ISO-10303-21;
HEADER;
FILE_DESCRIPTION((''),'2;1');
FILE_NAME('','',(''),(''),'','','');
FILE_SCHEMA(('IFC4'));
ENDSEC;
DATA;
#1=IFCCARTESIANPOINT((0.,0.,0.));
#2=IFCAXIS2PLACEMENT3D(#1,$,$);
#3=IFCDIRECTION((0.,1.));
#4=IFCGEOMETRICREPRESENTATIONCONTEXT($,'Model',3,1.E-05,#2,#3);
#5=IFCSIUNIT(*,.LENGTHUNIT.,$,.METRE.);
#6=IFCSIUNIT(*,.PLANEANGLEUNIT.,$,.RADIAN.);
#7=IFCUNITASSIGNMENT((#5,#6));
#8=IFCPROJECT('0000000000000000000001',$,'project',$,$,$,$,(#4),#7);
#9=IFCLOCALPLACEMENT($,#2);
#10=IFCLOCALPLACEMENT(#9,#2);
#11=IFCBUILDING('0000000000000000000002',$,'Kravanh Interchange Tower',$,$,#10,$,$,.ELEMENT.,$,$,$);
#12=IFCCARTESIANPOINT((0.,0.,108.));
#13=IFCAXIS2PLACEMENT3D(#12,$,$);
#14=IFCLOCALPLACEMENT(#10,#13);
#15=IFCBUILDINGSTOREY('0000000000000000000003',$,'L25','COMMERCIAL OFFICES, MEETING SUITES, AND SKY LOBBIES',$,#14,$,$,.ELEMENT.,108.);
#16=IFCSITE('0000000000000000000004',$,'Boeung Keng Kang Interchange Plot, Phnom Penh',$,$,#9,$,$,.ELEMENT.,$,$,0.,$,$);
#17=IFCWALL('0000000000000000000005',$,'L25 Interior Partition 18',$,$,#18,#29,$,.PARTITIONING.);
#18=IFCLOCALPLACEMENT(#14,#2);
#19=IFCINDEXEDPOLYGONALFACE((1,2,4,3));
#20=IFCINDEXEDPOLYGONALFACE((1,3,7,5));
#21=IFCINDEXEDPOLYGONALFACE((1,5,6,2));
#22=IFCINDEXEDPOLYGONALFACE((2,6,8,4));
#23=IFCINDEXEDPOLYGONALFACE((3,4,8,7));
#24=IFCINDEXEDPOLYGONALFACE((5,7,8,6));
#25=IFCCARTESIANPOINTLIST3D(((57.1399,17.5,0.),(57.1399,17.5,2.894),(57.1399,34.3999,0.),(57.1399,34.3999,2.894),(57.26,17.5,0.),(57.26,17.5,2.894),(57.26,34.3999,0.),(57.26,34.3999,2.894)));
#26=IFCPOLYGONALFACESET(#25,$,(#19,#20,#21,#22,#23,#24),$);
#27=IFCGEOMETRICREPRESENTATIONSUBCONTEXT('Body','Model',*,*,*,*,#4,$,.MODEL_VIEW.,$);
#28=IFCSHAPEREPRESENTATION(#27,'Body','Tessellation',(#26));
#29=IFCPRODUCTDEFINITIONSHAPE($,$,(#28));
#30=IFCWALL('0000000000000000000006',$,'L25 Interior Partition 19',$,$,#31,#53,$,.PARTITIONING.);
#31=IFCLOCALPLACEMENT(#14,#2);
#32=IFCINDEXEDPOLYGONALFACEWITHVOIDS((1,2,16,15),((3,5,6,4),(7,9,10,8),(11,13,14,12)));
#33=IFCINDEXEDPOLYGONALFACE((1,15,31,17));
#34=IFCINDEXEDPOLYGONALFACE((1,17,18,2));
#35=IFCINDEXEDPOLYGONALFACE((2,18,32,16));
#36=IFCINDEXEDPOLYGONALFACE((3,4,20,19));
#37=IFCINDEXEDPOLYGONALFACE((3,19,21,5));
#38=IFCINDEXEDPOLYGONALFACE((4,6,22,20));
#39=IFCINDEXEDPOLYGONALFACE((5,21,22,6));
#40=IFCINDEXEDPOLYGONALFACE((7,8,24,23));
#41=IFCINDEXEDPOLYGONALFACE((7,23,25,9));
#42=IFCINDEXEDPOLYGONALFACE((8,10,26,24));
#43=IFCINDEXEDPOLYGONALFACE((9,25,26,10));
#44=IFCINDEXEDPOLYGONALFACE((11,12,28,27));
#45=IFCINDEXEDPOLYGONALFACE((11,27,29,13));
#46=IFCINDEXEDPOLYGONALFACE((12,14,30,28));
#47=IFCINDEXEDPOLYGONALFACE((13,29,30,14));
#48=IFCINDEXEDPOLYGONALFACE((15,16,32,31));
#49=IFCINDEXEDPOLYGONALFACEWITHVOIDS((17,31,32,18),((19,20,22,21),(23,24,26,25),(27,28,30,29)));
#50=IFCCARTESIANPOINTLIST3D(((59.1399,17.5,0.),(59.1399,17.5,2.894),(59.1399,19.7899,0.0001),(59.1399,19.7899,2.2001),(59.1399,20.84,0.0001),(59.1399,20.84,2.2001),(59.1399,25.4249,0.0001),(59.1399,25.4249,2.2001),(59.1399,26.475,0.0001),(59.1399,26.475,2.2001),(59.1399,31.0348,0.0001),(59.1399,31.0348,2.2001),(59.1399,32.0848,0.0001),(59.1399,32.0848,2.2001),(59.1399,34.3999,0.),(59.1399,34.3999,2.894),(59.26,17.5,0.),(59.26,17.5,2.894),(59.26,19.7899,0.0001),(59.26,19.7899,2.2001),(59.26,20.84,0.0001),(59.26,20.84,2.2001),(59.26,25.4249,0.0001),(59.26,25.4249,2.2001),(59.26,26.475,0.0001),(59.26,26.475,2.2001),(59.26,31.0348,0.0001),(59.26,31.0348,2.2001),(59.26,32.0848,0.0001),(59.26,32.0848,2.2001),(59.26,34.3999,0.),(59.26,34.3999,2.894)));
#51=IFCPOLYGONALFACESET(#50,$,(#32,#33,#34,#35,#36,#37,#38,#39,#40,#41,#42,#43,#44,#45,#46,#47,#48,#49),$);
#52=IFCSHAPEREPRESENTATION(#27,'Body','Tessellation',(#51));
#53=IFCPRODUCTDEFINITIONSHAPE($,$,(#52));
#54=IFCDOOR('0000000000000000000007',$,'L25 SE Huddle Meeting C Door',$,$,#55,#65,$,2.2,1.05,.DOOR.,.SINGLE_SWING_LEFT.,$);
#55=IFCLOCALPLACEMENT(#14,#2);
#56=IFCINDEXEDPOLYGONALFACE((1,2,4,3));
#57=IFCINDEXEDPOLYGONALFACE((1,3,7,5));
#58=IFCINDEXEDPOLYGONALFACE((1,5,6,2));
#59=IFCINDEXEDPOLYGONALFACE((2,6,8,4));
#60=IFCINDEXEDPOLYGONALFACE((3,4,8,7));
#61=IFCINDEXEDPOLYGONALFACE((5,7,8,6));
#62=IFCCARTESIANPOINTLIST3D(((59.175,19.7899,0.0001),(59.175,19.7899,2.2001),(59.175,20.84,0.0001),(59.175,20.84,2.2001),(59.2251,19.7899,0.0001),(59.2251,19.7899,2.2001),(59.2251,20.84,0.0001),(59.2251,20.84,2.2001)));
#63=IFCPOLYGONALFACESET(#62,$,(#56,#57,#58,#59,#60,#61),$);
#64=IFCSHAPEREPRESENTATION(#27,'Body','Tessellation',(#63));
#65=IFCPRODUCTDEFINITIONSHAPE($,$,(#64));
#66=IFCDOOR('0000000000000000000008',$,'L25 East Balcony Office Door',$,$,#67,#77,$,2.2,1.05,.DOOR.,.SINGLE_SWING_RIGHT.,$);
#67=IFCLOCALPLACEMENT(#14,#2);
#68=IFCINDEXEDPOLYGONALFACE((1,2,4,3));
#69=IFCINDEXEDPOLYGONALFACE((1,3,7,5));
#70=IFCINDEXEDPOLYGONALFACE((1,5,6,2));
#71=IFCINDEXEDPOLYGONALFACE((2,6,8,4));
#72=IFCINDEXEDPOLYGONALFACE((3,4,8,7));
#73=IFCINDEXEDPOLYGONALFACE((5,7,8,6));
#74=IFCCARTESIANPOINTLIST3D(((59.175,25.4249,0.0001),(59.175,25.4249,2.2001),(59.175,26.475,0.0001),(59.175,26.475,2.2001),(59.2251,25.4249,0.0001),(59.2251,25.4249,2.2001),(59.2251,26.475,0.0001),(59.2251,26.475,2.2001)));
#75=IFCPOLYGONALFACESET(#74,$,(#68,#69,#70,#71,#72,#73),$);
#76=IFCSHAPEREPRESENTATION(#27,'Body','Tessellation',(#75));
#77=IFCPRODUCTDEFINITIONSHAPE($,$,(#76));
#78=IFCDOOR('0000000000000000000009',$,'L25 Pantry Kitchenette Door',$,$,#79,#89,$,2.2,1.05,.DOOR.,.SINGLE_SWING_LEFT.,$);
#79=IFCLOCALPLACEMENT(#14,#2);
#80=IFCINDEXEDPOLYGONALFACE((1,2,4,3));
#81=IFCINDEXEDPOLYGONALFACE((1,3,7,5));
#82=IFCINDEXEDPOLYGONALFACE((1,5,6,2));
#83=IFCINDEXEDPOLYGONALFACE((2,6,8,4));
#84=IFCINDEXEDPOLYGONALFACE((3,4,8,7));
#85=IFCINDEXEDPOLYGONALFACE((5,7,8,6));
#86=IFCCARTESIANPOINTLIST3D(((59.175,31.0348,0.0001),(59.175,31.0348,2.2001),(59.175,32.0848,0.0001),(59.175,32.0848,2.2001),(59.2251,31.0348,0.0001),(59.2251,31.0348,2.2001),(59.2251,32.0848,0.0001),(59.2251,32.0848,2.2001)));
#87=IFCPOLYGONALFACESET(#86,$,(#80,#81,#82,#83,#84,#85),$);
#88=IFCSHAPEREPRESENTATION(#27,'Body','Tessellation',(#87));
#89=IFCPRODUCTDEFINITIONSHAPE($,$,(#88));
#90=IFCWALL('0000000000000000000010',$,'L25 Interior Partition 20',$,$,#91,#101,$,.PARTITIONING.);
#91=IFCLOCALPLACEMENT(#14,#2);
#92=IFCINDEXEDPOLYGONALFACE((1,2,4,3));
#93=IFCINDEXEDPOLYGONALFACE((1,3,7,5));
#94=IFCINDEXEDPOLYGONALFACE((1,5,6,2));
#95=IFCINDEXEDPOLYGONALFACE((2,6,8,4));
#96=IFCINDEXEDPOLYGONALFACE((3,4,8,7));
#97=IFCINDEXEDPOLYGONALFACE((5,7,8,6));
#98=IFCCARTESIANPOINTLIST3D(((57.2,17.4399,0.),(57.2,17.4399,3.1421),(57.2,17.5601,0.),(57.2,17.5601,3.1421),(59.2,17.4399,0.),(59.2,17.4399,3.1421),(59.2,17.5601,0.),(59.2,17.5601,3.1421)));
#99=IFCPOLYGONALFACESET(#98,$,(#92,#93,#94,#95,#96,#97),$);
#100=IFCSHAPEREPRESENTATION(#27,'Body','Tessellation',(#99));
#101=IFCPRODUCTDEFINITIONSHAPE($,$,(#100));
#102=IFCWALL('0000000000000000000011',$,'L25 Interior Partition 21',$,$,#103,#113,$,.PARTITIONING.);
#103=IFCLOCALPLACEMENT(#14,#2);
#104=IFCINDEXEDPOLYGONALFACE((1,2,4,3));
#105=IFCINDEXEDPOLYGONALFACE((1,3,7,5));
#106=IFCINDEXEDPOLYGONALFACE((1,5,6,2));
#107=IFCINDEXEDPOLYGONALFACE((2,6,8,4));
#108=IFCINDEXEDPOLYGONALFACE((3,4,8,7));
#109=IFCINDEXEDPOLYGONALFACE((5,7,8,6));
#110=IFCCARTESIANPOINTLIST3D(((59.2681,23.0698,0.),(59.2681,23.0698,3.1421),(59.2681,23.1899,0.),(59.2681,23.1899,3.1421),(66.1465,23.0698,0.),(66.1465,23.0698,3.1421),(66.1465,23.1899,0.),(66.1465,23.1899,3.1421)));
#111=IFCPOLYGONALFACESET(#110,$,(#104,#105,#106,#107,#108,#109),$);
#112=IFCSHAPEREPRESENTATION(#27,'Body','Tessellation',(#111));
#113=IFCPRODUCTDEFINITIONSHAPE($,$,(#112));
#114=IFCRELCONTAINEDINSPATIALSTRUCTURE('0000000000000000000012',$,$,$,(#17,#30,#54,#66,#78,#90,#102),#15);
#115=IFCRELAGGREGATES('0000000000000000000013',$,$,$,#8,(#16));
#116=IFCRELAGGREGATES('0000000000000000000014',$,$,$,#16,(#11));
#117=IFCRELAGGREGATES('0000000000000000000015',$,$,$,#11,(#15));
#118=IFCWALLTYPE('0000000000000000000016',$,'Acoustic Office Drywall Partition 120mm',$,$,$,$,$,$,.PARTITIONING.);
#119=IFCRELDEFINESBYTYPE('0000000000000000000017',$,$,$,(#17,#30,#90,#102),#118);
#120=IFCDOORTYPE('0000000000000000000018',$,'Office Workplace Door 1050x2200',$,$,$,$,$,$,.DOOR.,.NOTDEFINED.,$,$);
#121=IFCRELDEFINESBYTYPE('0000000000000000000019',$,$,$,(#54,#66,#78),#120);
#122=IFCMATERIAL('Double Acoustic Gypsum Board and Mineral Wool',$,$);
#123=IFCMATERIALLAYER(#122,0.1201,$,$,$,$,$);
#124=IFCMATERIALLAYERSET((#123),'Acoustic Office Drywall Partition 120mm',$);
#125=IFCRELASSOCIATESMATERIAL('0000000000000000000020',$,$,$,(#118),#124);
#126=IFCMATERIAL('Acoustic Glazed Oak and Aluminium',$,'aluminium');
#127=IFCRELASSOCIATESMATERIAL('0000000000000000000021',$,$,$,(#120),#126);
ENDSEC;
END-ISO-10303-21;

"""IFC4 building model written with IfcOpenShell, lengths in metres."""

from ifc_helpers import new_model, si_unit, direction, frame, frame_2d, origin, place, context, subcontext, project, spatial, rectangle, extrude, material, layer, layer_set, type_object, element, fill, save


model = new_model("IFC4")

# Units and contexts
model_context = context("Model", 3, precision=1e-05, world=origin(), true_north=direction((0.0, 1.0)))
body_context = subcontext(model_context, "Body", "Model", "MODEL_VIEW")
ifc_project = project(units=[si_unit("LENGTHUNIT", "METRE"), si_unit("PLANEANGLEUNIT", "RADIAN")], contexts=[model_context])

# Site, building, storey
site_placement = place(None, origin())
site = spatial("IfcSite", under=ifc_project, at=site_placement, Name="Boeung Keng Kang Interchange Plot, Phnom Penh", CompositionType="ELEMENT", RefElevation=0.0)
building_placement = place(site_placement, origin())
building = spatial("IfcBuilding", under=site, at=building_placement, Name="Kravanh Interchange Tower", CompositionType="ELEMENT")
storey_placement = place(building_placement, frame((0.0, 0.0, 108.0)))
storey = spatial("IfcBuildingStorey", under=building, at=storey_placement, Name="L25", Description="COMMERCIAL OFFICES, MEETING SUITES, AND SKY LOBBIES", CompositionType="ELEMENT", Elevation=108.0)

# Wall
ifc_material_1 = material(Name="Double Acoustic Gypsum Board and Mineral Wool")
ifc_layer_1 = layer(ifc_material_1, 0.1201)
ifc_layer_set_1 = layer_set([ifc_layer_1], Name="Acoustic Office Drywall Partition 120mm")
wall_type = type_object("IfcWallType", Name="Acoustic Office Drywall Partition 120mm", PredefinedType="PARTITIONING", material=ifc_layer_set_1)
wall_1_placement = place(storey_placement, frame((57.2, 17.5, 0.0), z_axis=(0.0, 0.0, 1.0), x_axis=(0.0, 1.0, 0.0)))
element("IfcWall", 1, at=wall_1_placement, inside=storey, type_object=wall_type, Name="L25 Interior Partition 18", PredefinedType="PARTITIONING", context=body_context, shape_type="SweptSolid", body=[
    extrude(rectangle(XDim=16.8999, YDim=0.1201, at=frame_2d((8.45, 0.0))), origin(), (0.0, 0.0, 1.0), 2.894),
])

# Wall, openings, doors
wall_2_placement = place(storey_placement, frame((59.2, 17.5, 0.0), z_axis=(0.0, 0.0, 1.0), x_axis=(0.0, 1.0, 0.0)))
wall_2 = element("IfcWall", 2, at=wall_2_placement, inside=storey, type_object=wall_type, Name="L25 Interior Partition 19", PredefinedType="PARTITIONING", context=body_context, shape_type="SweptSolid", body=[
    extrude(rectangle(XDim=16.8999, YDim=0.1201, at=frame_2d((8.45, 0.0))), origin(), (0.0, 0.0, 1.0), 2.894),
])
opening_1_placement = place(wall_2_placement, frame((2.29, 0.0, 0.0)))
opening_1 = element("IfcOpeningElement", 3, at=opening_1_placement, cuts=wall_2, PredefinedType="OPENING", context=body_context, shape_type="SweptSolid", body=[
    extrude(rectangle(XDim=1.05, YDim=2.2, at=frame_2d((0.5249, 1.1001))), frame((0.0, 0.0701, 0.0), z_axis=(0.0, -1.0, 0.0), x_axis=(1.0, 0.0, 0.0)), (0.0, 0.0, 1.0), 0.1401),
])
opening_2_placement = place(wall_2_placement, frame((7.925, 0.0, 0.0)))
opening_2 = element("IfcOpeningElement", 4, at=opening_2_placement, cuts=wall_2, PredefinedType="OPENING", context=body_context, shape_type="SweptSolid", body=[
    extrude(rectangle(XDim=1.05, YDim=2.2, at=frame_2d((0.5249, 1.1001))), frame((0.0, 0.0701, 0.0), z_axis=(0.0, -1.0, 0.0), x_axis=(1.0, 0.0, 0.0)), (0.0, 0.0, 1.0), 0.1401),
])
opening_3_placement = place(wall_2_placement, frame((13.5349, 0.0, 0.0)))
opening_3 = element("IfcOpeningElement", 5, at=opening_3_placement, cuts=wall_2, PredefinedType="OPENING", context=body_context, shape_type="SweptSolid", body=[
    extrude(rectangle(XDim=1.05, YDim=2.2, at=frame_2d((0.5249, 1.1001))), frame((0.0, 0.0701, 0.0), z_axis=(0.0, -1.0, 0.0), x_axis=(1.0, 0.0, 0.0)), (0.0, 0.0, 1.0), 0.1401),
])
ifc_material_2 = material(Name="Acoustic Glazed Oak and Aluminium", Category="aluminium")
door_type = type_object("IfcDoorType", Name="Office Workplace Door 1050x2200", OperationType="NOTDEFINED", PredefinedType="DOOR", material=ifc_material_2)
door_1_placement = place(opening_1_placement, origin())
door_1 = element("IfcDoor", 6, at=door_1_placement, inside=storey, type_object=door_type, Name="L25 SE Huddle Meeting C Door", OperationType="SINGLE_SWING_LEFT", OverallHeight=2.2, OverallWidth=1.05, PredefinedType="DOOR", context=body_context, shape_type="SweptSolid", body=[
    extrude(rectangle(XDim=1.05, YDim=2.2, at=frame_2d((0.5249, 1.1001))), frame((0.0, 0.0249, 0.0), z_axis=(0.0, -1.0, 0.0), x_axis=(1.0, 0.0, 0.0)), (0.0, 0.0, 1.0), 0.05),
])
fill(opening_1, door_1)
door_2_placement = place(opening_2_placement, origin())
door_2 = element("IfcDoor", 7, at=door_2_placement, inside=storey, type_object=door_type, Name="L25 East Balcony Office Door", OperationType="SINGLE_SWING_RIGHT", OverallHeight=2.2, OverallWidth=1.05, PredefinedType="DOOR", context=body_context, shape_type="SweptSolid", body=[
    extrude(rectangle(XDim=1.05, YDim=2.2, at=frame_2d((0.5249, 1.1001))), frame((0.0, 0.0249, 0.0), z_axis=(0.0, -1.0, 0.0), x_axis=(1.0, 0.0, 0.0)), (0.0, 0.0, 1.0), 0.05),
])
fill(opening_2, door_2)
door_3_placement = place(opening_3_placement, origin())
door_3 = element("IfcDoor", 8, at=door_3_placement, inside=storey, type_object=door_type, Name="L25 Pantry Kitchenette Door", OperationType="SINGLE_SWING_LEFT", OverallHeight=2.2, OverallWidth=1.05, PredefinedType="DOOR", context=body_context, shape_type="SweptSolid", body=[
    extrude(rectangle(XDim=1.05, YDim=2.2, at=frame_2d((0.5249, 1.1001))), frame((0.0, 0.0249, 0.0), z_axis=(0.0, -1.0, 0.0), x_axis=(1.0, 0.0, 0.0)), (0.0, 0.0, 1.0), 0.05),
])
fill(opening_3, door_3)

# Walls
wall_3_placement = place(storey_placement, frame((57.2, 17.5, 0.0), z_axis=(0.0, 0.0, 1.0), x_axis=(1.0, 0.0, 0.0)))
element("IfcWall", 9, at=wall_3_placement, inside=storey, type_object=wall_type, Name="L25 Interior Partition 20", PredefinedType="PARTITIONING", context=body_context, shape_type="SweptSolid", body=[
    extrude(rectangle(XDim=2.0, YDim=0.1201, at=frame_2d((1.0, 0.0))), origin(), (0.0, 0.0, 1.0), 3.1421),
])
wall_4_placement = place(storey_placement, frame((59.2681, 23.1299, 0.0), z_axis=(0.0, 0.0, 1.0), x_axis=(1.0, 0.0, 0.0)))
element("IfcWall", 10, at=wall_4_placement, inside=storey, type_object=wall_type, Name="L25 Interior Partition 21", PredefinedType="PARTITIONING", context=body_context, shape_type="SweptSolid", body=[
    extrude(rectangle(XDim=6.8784, YDim=0.1201, at=frame_2d((3.4392, 0.0))), origin(), (0.0, 0.0, 1.0), 3.1421),
])

save(model, "model.ifc")
